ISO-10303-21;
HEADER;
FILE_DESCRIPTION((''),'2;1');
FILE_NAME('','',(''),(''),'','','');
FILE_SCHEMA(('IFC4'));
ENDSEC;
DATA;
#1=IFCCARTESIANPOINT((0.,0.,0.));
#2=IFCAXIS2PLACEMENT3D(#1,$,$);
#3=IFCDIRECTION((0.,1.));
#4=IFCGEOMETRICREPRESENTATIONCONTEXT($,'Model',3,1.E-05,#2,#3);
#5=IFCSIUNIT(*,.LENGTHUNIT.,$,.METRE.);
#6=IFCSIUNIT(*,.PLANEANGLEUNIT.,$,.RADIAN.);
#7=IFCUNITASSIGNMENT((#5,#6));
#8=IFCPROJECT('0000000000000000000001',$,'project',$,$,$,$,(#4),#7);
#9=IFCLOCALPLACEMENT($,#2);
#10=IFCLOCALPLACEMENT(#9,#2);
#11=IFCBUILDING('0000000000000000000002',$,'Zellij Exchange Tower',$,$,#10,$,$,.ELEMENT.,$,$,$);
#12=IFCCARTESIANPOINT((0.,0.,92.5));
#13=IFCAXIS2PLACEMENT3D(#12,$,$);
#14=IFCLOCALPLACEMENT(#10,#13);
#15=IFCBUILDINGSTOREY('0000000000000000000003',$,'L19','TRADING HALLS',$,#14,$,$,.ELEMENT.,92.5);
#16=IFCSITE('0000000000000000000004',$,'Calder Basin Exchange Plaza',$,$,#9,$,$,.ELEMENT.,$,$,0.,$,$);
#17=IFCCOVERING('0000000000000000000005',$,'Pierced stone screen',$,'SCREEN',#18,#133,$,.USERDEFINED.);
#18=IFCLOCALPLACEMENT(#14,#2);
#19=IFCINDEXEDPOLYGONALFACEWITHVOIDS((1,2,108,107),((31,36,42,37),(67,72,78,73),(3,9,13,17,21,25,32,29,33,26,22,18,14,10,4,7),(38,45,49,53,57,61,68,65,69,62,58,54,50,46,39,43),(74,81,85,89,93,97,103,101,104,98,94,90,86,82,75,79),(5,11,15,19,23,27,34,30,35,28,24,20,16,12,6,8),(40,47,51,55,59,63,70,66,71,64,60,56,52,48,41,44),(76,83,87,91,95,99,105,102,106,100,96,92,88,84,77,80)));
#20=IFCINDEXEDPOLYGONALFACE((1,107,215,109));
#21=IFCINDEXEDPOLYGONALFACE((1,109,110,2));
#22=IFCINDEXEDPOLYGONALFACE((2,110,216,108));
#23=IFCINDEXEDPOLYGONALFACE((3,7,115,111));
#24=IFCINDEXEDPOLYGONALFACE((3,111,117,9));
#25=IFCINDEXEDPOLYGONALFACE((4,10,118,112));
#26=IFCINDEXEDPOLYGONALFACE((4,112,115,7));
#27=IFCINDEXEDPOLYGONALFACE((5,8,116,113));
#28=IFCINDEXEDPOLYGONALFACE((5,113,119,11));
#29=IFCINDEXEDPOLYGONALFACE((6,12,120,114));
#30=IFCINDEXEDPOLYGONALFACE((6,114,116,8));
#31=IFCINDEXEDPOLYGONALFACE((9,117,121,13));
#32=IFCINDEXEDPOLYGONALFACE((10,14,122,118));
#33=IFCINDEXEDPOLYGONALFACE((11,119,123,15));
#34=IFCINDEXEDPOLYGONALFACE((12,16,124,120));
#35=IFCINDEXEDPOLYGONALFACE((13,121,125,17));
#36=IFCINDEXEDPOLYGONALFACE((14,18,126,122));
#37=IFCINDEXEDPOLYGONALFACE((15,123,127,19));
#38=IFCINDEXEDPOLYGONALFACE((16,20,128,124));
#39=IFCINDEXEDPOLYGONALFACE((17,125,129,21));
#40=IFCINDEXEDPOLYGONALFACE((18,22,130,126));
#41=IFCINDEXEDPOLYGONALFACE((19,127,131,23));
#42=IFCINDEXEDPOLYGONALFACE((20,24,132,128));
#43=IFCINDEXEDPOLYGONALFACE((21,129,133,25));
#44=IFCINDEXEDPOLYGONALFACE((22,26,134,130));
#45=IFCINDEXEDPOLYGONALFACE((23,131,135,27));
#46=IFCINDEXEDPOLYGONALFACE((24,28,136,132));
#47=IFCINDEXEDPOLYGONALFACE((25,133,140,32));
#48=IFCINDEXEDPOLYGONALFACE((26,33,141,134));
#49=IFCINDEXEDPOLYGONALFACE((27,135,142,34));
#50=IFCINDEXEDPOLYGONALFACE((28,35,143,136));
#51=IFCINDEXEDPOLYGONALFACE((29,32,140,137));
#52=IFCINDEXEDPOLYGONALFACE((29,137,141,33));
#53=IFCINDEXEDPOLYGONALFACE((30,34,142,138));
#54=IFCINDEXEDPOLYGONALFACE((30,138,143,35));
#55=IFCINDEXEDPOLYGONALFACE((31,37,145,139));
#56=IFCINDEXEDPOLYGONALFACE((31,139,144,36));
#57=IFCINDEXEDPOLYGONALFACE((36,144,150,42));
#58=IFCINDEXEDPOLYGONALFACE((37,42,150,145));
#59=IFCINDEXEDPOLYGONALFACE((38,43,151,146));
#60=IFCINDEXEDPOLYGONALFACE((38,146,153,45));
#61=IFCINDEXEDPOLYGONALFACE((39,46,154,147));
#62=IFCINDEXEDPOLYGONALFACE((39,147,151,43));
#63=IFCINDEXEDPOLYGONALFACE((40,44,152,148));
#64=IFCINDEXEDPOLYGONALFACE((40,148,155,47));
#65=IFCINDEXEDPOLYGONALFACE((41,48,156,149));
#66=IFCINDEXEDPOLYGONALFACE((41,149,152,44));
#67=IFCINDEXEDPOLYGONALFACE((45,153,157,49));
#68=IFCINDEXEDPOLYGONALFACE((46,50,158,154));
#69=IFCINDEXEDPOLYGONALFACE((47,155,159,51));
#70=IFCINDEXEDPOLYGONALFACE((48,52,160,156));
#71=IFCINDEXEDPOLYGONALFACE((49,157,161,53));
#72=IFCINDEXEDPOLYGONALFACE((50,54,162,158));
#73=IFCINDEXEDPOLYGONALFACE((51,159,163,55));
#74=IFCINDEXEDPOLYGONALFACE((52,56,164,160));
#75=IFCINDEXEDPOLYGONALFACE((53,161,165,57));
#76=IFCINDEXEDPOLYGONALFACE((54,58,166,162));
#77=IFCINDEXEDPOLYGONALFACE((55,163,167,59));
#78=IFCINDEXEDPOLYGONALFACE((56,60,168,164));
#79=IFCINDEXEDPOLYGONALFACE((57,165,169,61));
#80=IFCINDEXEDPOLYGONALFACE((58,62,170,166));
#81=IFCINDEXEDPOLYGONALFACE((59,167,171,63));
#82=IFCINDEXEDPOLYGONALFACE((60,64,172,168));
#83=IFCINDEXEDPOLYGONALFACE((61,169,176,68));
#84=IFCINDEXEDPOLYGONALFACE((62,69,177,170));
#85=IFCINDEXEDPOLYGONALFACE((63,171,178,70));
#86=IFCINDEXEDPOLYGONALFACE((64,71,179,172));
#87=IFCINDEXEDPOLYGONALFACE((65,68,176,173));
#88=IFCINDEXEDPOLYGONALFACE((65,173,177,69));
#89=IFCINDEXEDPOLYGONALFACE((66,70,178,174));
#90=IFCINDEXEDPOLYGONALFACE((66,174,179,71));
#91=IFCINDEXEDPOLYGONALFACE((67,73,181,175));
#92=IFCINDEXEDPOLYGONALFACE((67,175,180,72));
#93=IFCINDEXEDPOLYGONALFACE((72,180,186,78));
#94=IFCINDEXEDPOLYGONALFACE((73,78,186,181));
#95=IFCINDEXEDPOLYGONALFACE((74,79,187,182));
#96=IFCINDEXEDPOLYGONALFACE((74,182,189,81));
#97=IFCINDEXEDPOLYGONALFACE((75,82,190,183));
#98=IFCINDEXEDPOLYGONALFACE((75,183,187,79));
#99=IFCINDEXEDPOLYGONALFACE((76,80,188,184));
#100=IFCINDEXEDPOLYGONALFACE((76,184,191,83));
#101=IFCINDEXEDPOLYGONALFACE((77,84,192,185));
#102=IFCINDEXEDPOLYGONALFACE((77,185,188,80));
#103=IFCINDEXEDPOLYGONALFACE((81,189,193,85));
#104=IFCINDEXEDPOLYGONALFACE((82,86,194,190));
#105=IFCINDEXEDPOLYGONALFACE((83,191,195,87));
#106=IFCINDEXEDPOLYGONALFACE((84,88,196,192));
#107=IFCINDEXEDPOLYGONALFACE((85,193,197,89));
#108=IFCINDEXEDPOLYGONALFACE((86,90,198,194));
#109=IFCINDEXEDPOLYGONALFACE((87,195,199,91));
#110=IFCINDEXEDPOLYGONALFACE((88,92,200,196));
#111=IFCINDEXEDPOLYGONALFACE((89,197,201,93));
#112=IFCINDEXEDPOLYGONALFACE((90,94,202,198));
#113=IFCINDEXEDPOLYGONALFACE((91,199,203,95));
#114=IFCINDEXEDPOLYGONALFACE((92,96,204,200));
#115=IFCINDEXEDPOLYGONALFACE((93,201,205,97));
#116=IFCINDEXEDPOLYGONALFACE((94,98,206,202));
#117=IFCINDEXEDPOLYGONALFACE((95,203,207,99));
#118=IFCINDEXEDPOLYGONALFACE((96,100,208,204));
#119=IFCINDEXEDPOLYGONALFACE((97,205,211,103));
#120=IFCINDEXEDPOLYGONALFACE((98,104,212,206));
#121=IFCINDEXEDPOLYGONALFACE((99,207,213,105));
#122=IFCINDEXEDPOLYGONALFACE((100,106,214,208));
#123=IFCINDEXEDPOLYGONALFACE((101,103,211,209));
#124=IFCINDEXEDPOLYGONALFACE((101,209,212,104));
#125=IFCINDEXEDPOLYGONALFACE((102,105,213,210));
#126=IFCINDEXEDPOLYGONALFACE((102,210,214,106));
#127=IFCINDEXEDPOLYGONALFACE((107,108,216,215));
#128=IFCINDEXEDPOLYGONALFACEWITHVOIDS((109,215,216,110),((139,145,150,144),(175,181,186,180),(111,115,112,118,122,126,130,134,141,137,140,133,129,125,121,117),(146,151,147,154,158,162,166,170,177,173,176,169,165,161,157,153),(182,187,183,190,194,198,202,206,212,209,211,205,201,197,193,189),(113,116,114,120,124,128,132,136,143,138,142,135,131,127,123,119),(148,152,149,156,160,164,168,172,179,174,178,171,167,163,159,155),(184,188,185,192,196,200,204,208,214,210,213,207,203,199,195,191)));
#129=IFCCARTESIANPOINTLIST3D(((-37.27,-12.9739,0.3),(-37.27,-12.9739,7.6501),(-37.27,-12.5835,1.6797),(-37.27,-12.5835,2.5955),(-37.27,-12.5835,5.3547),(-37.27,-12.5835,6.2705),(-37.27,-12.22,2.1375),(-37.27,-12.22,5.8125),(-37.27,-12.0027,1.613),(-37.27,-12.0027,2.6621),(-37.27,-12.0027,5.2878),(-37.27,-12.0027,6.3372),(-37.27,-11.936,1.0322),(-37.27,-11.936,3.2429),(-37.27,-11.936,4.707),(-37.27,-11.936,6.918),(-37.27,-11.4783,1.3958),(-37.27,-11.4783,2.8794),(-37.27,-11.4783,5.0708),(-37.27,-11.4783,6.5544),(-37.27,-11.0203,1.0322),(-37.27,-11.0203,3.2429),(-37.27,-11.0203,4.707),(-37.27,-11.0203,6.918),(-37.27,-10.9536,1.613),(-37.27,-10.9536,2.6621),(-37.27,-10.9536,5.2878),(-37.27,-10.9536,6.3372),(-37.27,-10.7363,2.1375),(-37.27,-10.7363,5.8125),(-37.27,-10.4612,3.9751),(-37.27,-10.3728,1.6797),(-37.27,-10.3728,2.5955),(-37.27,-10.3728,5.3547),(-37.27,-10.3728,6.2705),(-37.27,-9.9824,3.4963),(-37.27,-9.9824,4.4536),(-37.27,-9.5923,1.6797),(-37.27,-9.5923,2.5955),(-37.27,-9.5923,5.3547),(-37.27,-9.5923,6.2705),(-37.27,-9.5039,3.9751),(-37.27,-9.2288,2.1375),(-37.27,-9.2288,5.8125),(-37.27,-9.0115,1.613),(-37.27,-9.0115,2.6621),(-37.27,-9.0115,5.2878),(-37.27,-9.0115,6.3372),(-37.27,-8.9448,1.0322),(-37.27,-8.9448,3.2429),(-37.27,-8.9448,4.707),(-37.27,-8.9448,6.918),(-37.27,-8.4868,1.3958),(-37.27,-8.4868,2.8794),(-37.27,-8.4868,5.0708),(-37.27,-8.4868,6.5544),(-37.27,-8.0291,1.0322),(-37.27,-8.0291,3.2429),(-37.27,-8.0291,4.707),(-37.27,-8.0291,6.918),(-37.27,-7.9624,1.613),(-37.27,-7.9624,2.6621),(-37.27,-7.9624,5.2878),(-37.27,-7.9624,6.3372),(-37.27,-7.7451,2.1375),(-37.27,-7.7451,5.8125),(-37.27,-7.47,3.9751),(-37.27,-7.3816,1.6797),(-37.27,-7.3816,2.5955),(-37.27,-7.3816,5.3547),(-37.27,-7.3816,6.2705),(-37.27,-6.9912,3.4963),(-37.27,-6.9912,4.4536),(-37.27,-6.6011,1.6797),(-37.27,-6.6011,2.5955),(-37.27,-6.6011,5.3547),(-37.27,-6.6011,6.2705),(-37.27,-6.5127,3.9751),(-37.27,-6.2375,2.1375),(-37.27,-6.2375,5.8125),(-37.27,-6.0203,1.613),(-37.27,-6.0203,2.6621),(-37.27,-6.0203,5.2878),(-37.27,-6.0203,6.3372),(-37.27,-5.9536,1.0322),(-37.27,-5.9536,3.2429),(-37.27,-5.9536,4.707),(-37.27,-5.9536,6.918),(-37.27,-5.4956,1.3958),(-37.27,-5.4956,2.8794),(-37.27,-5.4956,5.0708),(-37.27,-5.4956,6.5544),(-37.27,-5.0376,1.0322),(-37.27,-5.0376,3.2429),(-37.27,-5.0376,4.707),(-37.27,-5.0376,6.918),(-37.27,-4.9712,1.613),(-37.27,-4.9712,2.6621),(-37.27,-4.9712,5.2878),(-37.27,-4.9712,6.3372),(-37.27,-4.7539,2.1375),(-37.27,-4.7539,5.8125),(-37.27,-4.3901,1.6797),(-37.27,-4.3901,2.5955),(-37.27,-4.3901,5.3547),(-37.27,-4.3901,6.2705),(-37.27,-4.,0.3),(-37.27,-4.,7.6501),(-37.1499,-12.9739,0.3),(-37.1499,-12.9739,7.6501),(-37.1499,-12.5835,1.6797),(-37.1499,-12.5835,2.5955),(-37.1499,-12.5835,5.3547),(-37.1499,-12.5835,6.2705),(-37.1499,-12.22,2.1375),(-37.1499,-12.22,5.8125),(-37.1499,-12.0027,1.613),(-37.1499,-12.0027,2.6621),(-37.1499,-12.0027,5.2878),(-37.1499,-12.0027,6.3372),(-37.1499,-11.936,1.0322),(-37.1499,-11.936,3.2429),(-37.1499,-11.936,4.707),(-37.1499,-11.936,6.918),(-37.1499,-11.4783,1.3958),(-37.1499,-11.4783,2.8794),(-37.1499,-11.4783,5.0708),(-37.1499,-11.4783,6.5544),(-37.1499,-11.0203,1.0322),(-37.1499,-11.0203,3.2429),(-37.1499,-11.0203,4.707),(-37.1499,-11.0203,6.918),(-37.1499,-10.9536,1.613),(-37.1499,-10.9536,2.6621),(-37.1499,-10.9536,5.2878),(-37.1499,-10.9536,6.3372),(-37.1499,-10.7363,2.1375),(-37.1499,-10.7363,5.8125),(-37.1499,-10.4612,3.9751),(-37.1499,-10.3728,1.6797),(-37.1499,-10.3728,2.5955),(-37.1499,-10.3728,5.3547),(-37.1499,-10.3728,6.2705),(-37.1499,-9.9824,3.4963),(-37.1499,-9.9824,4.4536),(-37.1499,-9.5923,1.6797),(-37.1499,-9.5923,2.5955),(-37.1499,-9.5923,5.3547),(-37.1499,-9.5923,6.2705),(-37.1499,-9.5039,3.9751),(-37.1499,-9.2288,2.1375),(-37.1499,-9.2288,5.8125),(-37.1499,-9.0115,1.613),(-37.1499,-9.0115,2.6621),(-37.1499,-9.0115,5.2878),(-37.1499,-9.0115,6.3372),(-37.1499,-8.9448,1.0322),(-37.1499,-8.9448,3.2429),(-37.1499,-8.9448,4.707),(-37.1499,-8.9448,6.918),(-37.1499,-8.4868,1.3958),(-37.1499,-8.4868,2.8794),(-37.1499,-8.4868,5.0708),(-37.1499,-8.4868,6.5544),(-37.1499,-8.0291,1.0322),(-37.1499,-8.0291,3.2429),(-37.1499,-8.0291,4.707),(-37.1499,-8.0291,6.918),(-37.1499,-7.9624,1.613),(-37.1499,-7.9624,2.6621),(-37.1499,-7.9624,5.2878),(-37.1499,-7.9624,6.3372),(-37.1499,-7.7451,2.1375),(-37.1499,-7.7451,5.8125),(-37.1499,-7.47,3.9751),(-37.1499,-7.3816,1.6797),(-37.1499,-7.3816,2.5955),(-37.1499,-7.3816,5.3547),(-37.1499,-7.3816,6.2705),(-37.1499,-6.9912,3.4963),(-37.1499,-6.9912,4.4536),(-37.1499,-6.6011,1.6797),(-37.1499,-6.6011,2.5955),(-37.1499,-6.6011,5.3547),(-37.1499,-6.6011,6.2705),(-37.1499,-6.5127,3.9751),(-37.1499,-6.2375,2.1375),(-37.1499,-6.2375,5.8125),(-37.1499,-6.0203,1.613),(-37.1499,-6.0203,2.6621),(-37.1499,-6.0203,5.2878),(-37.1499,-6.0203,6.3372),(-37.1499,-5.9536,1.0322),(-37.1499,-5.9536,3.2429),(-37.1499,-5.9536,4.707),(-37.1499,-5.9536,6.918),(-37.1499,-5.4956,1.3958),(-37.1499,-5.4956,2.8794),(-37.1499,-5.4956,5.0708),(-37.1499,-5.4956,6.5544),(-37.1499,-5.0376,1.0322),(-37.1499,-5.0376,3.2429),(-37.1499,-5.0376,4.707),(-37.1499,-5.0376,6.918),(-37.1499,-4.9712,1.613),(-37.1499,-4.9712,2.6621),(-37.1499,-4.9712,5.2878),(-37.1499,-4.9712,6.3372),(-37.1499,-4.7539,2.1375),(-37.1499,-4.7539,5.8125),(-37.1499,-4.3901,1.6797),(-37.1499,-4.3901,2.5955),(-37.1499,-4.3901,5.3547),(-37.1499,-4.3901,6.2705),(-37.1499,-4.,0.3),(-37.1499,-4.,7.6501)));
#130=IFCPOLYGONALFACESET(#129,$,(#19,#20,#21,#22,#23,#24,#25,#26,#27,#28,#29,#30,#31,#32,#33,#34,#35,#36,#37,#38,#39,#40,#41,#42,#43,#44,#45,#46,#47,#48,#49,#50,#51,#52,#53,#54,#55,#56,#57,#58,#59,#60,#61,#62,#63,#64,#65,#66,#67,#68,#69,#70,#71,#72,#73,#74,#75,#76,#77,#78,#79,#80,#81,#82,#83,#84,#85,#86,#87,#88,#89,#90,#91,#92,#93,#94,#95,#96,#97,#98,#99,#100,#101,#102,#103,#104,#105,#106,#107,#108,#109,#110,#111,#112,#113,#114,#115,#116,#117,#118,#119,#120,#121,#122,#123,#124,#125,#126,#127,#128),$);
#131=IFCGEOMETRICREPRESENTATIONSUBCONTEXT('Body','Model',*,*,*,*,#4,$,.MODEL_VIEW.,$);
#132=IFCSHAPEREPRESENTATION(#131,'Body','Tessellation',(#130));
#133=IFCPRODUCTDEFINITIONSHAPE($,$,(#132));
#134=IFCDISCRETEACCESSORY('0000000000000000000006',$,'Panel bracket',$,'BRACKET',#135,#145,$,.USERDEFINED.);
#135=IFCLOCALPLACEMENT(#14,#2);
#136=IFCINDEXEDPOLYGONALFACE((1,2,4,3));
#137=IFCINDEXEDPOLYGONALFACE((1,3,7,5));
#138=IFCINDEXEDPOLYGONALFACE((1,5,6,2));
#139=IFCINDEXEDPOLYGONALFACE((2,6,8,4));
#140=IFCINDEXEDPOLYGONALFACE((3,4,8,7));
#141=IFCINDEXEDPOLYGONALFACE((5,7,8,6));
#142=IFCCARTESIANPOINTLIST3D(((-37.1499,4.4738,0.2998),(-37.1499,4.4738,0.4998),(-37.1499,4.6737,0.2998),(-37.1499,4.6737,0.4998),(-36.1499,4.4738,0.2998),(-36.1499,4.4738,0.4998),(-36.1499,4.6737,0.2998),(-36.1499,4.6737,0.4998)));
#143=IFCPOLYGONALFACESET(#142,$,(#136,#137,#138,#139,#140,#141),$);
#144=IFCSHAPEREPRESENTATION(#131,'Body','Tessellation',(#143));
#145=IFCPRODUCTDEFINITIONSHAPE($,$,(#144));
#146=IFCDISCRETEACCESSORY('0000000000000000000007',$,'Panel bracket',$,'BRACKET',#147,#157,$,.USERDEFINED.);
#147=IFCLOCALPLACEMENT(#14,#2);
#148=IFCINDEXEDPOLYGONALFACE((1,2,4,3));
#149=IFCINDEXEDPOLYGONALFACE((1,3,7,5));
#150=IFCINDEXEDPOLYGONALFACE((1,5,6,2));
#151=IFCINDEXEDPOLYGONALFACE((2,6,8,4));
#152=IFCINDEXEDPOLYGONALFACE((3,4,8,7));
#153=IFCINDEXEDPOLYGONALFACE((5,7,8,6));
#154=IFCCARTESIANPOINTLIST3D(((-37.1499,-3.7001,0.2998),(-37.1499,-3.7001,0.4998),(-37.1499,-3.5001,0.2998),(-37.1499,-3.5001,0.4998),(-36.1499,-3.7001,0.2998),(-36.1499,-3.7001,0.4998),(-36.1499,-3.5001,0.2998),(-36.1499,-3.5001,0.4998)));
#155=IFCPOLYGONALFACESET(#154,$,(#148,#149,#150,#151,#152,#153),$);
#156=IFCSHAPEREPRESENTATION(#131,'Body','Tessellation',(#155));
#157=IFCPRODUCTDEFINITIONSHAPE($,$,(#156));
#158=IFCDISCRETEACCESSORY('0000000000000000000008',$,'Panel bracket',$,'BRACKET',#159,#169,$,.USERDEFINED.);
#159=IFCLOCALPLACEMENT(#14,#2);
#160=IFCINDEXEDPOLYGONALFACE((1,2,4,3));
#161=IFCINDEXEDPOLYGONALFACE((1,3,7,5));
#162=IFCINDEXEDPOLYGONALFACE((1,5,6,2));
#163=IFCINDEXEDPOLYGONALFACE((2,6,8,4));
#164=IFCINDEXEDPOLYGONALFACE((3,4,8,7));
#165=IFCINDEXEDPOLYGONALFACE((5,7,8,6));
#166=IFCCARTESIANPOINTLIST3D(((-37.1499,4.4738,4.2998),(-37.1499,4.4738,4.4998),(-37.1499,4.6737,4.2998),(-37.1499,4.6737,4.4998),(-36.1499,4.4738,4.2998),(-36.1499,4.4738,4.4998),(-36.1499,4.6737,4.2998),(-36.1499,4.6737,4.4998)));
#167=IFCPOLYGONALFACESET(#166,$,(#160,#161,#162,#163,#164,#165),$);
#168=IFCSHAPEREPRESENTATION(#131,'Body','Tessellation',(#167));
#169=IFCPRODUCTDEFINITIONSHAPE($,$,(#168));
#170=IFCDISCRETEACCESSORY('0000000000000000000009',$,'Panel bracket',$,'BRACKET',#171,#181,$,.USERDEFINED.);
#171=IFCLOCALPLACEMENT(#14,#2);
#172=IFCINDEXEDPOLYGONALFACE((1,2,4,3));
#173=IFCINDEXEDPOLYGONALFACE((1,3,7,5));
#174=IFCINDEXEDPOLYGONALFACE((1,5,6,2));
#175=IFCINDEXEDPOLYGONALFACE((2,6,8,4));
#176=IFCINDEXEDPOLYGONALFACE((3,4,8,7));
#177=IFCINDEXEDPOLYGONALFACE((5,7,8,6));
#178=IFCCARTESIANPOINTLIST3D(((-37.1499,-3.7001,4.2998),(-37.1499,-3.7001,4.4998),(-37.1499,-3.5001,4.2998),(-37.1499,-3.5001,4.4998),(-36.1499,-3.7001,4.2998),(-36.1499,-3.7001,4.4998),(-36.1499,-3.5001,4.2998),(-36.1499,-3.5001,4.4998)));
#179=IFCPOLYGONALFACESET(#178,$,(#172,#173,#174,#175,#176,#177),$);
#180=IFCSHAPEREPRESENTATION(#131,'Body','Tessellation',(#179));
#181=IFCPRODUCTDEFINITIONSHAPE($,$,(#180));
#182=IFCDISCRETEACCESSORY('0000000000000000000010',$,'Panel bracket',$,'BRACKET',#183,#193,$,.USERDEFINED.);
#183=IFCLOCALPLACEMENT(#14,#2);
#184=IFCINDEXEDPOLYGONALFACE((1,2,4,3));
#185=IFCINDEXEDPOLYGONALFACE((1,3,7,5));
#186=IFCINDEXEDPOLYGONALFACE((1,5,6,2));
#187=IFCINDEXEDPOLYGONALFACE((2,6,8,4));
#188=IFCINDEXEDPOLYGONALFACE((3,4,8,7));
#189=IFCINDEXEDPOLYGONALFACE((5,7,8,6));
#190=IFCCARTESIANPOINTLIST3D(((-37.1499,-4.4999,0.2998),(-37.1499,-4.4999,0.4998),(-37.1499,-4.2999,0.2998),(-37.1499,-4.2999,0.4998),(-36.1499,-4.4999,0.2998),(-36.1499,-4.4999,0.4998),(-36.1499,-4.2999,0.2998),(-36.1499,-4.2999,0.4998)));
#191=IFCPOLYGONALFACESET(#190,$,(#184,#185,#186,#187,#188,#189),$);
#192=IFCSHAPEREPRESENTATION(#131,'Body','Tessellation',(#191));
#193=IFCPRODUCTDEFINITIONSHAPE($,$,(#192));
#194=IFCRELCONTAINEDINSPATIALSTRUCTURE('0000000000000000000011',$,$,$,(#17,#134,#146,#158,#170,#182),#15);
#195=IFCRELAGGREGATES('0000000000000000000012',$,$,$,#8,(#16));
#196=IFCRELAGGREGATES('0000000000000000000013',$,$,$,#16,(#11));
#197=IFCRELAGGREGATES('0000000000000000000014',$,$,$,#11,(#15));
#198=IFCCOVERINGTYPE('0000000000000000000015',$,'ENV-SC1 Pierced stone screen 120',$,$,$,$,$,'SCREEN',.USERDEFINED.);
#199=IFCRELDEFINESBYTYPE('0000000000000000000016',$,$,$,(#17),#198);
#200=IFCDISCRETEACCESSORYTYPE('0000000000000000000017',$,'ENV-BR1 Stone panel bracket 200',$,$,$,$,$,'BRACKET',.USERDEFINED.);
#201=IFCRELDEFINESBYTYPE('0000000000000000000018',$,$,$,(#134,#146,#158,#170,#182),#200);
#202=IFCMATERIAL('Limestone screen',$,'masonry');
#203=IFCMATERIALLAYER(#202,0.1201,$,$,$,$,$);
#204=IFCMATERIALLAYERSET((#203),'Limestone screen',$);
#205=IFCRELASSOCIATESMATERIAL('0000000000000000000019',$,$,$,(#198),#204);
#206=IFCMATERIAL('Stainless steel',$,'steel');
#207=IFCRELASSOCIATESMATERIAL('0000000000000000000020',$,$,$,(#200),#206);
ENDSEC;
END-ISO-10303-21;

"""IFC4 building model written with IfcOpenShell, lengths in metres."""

from ifc_helpers import new_model, si_unit, direction, frame, origin, origin_2d, place, context, subcontext, project, spatial, polyline, rectangle, outline, extrude, material, layer, layer_set, type_object, element, save


model = new_model("IFC4")

# Units and contexts
model_context = context("Model", 3, precision=1e-05, world=origin(), true_north=direction((0.0, 1.0)))
body_context = subcontext(model_context, "Body", "Model", "MODEL_VIEW")
ifc_project = project(units=[si_unit("LENGTHUNIT", "METRE"), si_unit("PLANEANGLEUNIT", "RADIAN")], contexts=[model_context])

# Site, building, storey
site_placement = place(None, origin())
site = spatial("IfcSite", under=ifc_project, at=site_placement, Name="Calder Basin Exchange Plaza", CompositionType="ELEMENT", RefElevation=0.0)
building_placement = place(site_placement, origin())
building = spatial("IfcBuilding", under=site, at=building_placement, Name="Zellij Exchange Tower", CompositionType="ELEMENT")
storey_placement = place(building_placement, frame((0.0, 0.0, 92.5)))
storey = spatial("IfcBuildingStorey", under=building, at=storey_placement, Name="L19", Description="TRADING HALLS", CompositionType="ELEMENT", Elevation=92.5)

# Covering
ifc_material_1 = material(Name="Limestone screen", Category="masonry")
ifc_layer_1 = layer(ifc_material_1, 0.1201)
ifc_layer_set_1 = layer_set([ifc_layer_1], Name="Limestone screen")
covering_type = type_object("IfcCoveringType", Name="ENV-SC1 Pierced stone screen 120", ElementType="SCREEN", PredefinedType="USERDEFINED", material=ifc_layer_set_1)
covering_placement = place(storey_placement, frame((-37.21, -4.0, 0.3), z_axis=(0.0, 0.0, 1.0), x_axis=(0.0, -1.0, 0.0)))
element("IfcCovering", 1, at=covering_placement, inside=storey, type_object=covering_type, Name="Pierced stone screen", ObjectType="SCREEN", PredefinedType="USERDEFINED", context=body_context, shape_type="SweptSolid", body=[
    extrude(outline(polyline([(0.0, 0.0), (8.9739, 0.0), (8.9739, 7.3501), (0.0, 7.3501), (0.0, 0.0)]), holes=[polyline([(2.6011, 2.2954), (2.0203, 2.3621), (1.9536, 2.9429), (1.4956, 2.5793), (1.0376, 2.9429), (0.9712, 2.3621), (0.3901, 2.2954), (0.7539, 1.8374), (0.3901, 1.3796), (0.9712, 1.313), (1.0376, 0.7322), (1.4956, 1.0957), (1.9536, 0.7322), (2.0203, 1.313), (2.6011, 1.3796), (2.2375, 1.8374), (2.6011, 2.2954)]), polyline([(2.6011, 5.9705), (2.0203, 6.0371), (1.9536, 6.6179), (1.4956, 6.2544), (1.0376, 6.6179), (0.9712, 6.0371), (0.3901, 5.9705), (0.7539, 5.5125), (0.3901, 5.0547), (0.9712, 4.9878), (1.0376, 4.407), (1.4956, 4.7708), (1.9536, 4.407), (2.0203, 4.9878), (2.6011, 5.0547), (2.2375, 5.5125), (2.6011, 5.9705)]), polyline([(5.5923, 2.2954), (5.0115, 2.3621), (4.9448, 2.9429), (4.4868, 2.5793), (4.0291, 2.9429), (3.9624, 2.3621), (3.3816, 2.2954), (3.7451, 1.8374), (3.3816, 1.3796), (3.9624, 1.313), (4.0291, 0.7322), (4.4868, 1.0957), (4.9448, 0.7322), (5.0115, 1.313), (5.5923, 1.3796), (5.2288, 1.8374), (5.5923, 2.2954)]), polyline([(5.5923, 5.9705), (5.0115, 6.0371), (4.9448, 6.6179), (4.4868, 6.2544), (4.0291, 6.6179), (3.9624, 6.0371), (3.3816, 5.9705), (3.7451, 5.5125), (3.3816, 5.0547), (3.9624, 4.9878), (4.0291, 4.407), (4.4868, 4.7708), (4.9448, 4.407), (5.0115, 4.9878), (5.5923, 5.0547), (5.2288, 5.5125), (5.5923, 5.9705)]), polyline([(8.5835, 2.2954), (8.0027, 2.3621), (7.936, 2.9429), (7.4783, 2.5793), (7.0203, 2.9429), (6.9536, 2.3621), (6.3728, 2.2954), (6.7363, 1.8374), (6.3728, 1.3796), (6.9536, 1.313), (7.0203, 0.7322), (7.4783, 1.0957), (7.936, 0.7322), (8.0027, 1.313), (8.5835, 1.3796), (8.22, 1.8374), (8.5835, 2.2954)]), polyline([(8.5835, 5.9705), (8.0027, 6.0371), (7.936, 6.6179), (7.4783, 6.2544), (7.0203, 6.6179), (6.9536, 6.0371), (6.3728, 5.9705), (6.7363, 5.5125), (6.3728, 5.0547), (6.9536, 4.9878), (7.0203, 4.407), (7.4783, 4.7708), (7.936, 4.407), (8.0027, 4.9878), (8.5835, 5.0547), (8.22, 5.5125), (8.5835, 5.9705)]), polyline([(3.47, 3.675), (2.9912, 4.1536), (2.5127, 3.675), (2.9912, 3.1963), (3.47, 3.675)]), polyline([(6.4612, 3.675), (5.9824, 4.1536), (5.5039, 3.675), (5.9824, 3.1963), (6.4612, 3.675)])]), frame((0.0, 0.0601, 0.0), z_axis=(0.0, -1.0, 0.0), x_axis=(1.0, 0.0, 0.0)), (0.0, 0.0, 1.0), 0.1201),
])

# Discrete accessories
ifc_material_2 = material(Name="Stainless steel", Category="steel")
discrete_accessory_type = type_object("IfcDiscreteAccessoryType", Name="ENV-BR1 Stone panel bracket 200", ElementType="BRACKET", PredefinedType="USERDEFINED", material=ifc_material_2)
for number, where, z_axis, x_axis, name in (
    (2, (-36.6499, 4.5737, 0.2998), (0.0, 0.0, 1.0), (0.0, -1.0, 0.0), "Panel bracket"),
    (3, (-36.6499, -3.6001, 0.2998), (0.0, 0.0, 1.0), (0.0, -1.0, 0.0), "Panel bracket"),
    (4, (-36.6499, 4.5737, 4.2998), (0.0, 0.0, 1.0), (0.0, -1.0, 0.0), "Panel bracket"),
    (5, (-36.6499, -3.6001, 4.2998), (0.0, 0.0, 1.0), (0.0, -1.0, 0.0), "Panel bracket"),
    (6, (-36.6499, -4.3999, 0.2998), (0.0, 0.0, 1.0), (0.0, -1.0, 0.0), "Panel bracket"),
):
    element("IfcDiscreteAccessory", number, at=place(storey_placement, frame(where, z_axis=z_axis, x_axis=x_axis)), inside=storey, type_object=discrete_accessory_type, Name=name, ObjectType="BRACKET", PredefinedType="USERDEFINED", context=body_context, shape_type="SweptSolid", body=[
        extrude(rectangle(XDim=0.2, YDim=1.0, at=origin_2d()), origin(), (0.0, 0.0, 1.0), 0.2),
    ])

save(model, "model.ifc")
